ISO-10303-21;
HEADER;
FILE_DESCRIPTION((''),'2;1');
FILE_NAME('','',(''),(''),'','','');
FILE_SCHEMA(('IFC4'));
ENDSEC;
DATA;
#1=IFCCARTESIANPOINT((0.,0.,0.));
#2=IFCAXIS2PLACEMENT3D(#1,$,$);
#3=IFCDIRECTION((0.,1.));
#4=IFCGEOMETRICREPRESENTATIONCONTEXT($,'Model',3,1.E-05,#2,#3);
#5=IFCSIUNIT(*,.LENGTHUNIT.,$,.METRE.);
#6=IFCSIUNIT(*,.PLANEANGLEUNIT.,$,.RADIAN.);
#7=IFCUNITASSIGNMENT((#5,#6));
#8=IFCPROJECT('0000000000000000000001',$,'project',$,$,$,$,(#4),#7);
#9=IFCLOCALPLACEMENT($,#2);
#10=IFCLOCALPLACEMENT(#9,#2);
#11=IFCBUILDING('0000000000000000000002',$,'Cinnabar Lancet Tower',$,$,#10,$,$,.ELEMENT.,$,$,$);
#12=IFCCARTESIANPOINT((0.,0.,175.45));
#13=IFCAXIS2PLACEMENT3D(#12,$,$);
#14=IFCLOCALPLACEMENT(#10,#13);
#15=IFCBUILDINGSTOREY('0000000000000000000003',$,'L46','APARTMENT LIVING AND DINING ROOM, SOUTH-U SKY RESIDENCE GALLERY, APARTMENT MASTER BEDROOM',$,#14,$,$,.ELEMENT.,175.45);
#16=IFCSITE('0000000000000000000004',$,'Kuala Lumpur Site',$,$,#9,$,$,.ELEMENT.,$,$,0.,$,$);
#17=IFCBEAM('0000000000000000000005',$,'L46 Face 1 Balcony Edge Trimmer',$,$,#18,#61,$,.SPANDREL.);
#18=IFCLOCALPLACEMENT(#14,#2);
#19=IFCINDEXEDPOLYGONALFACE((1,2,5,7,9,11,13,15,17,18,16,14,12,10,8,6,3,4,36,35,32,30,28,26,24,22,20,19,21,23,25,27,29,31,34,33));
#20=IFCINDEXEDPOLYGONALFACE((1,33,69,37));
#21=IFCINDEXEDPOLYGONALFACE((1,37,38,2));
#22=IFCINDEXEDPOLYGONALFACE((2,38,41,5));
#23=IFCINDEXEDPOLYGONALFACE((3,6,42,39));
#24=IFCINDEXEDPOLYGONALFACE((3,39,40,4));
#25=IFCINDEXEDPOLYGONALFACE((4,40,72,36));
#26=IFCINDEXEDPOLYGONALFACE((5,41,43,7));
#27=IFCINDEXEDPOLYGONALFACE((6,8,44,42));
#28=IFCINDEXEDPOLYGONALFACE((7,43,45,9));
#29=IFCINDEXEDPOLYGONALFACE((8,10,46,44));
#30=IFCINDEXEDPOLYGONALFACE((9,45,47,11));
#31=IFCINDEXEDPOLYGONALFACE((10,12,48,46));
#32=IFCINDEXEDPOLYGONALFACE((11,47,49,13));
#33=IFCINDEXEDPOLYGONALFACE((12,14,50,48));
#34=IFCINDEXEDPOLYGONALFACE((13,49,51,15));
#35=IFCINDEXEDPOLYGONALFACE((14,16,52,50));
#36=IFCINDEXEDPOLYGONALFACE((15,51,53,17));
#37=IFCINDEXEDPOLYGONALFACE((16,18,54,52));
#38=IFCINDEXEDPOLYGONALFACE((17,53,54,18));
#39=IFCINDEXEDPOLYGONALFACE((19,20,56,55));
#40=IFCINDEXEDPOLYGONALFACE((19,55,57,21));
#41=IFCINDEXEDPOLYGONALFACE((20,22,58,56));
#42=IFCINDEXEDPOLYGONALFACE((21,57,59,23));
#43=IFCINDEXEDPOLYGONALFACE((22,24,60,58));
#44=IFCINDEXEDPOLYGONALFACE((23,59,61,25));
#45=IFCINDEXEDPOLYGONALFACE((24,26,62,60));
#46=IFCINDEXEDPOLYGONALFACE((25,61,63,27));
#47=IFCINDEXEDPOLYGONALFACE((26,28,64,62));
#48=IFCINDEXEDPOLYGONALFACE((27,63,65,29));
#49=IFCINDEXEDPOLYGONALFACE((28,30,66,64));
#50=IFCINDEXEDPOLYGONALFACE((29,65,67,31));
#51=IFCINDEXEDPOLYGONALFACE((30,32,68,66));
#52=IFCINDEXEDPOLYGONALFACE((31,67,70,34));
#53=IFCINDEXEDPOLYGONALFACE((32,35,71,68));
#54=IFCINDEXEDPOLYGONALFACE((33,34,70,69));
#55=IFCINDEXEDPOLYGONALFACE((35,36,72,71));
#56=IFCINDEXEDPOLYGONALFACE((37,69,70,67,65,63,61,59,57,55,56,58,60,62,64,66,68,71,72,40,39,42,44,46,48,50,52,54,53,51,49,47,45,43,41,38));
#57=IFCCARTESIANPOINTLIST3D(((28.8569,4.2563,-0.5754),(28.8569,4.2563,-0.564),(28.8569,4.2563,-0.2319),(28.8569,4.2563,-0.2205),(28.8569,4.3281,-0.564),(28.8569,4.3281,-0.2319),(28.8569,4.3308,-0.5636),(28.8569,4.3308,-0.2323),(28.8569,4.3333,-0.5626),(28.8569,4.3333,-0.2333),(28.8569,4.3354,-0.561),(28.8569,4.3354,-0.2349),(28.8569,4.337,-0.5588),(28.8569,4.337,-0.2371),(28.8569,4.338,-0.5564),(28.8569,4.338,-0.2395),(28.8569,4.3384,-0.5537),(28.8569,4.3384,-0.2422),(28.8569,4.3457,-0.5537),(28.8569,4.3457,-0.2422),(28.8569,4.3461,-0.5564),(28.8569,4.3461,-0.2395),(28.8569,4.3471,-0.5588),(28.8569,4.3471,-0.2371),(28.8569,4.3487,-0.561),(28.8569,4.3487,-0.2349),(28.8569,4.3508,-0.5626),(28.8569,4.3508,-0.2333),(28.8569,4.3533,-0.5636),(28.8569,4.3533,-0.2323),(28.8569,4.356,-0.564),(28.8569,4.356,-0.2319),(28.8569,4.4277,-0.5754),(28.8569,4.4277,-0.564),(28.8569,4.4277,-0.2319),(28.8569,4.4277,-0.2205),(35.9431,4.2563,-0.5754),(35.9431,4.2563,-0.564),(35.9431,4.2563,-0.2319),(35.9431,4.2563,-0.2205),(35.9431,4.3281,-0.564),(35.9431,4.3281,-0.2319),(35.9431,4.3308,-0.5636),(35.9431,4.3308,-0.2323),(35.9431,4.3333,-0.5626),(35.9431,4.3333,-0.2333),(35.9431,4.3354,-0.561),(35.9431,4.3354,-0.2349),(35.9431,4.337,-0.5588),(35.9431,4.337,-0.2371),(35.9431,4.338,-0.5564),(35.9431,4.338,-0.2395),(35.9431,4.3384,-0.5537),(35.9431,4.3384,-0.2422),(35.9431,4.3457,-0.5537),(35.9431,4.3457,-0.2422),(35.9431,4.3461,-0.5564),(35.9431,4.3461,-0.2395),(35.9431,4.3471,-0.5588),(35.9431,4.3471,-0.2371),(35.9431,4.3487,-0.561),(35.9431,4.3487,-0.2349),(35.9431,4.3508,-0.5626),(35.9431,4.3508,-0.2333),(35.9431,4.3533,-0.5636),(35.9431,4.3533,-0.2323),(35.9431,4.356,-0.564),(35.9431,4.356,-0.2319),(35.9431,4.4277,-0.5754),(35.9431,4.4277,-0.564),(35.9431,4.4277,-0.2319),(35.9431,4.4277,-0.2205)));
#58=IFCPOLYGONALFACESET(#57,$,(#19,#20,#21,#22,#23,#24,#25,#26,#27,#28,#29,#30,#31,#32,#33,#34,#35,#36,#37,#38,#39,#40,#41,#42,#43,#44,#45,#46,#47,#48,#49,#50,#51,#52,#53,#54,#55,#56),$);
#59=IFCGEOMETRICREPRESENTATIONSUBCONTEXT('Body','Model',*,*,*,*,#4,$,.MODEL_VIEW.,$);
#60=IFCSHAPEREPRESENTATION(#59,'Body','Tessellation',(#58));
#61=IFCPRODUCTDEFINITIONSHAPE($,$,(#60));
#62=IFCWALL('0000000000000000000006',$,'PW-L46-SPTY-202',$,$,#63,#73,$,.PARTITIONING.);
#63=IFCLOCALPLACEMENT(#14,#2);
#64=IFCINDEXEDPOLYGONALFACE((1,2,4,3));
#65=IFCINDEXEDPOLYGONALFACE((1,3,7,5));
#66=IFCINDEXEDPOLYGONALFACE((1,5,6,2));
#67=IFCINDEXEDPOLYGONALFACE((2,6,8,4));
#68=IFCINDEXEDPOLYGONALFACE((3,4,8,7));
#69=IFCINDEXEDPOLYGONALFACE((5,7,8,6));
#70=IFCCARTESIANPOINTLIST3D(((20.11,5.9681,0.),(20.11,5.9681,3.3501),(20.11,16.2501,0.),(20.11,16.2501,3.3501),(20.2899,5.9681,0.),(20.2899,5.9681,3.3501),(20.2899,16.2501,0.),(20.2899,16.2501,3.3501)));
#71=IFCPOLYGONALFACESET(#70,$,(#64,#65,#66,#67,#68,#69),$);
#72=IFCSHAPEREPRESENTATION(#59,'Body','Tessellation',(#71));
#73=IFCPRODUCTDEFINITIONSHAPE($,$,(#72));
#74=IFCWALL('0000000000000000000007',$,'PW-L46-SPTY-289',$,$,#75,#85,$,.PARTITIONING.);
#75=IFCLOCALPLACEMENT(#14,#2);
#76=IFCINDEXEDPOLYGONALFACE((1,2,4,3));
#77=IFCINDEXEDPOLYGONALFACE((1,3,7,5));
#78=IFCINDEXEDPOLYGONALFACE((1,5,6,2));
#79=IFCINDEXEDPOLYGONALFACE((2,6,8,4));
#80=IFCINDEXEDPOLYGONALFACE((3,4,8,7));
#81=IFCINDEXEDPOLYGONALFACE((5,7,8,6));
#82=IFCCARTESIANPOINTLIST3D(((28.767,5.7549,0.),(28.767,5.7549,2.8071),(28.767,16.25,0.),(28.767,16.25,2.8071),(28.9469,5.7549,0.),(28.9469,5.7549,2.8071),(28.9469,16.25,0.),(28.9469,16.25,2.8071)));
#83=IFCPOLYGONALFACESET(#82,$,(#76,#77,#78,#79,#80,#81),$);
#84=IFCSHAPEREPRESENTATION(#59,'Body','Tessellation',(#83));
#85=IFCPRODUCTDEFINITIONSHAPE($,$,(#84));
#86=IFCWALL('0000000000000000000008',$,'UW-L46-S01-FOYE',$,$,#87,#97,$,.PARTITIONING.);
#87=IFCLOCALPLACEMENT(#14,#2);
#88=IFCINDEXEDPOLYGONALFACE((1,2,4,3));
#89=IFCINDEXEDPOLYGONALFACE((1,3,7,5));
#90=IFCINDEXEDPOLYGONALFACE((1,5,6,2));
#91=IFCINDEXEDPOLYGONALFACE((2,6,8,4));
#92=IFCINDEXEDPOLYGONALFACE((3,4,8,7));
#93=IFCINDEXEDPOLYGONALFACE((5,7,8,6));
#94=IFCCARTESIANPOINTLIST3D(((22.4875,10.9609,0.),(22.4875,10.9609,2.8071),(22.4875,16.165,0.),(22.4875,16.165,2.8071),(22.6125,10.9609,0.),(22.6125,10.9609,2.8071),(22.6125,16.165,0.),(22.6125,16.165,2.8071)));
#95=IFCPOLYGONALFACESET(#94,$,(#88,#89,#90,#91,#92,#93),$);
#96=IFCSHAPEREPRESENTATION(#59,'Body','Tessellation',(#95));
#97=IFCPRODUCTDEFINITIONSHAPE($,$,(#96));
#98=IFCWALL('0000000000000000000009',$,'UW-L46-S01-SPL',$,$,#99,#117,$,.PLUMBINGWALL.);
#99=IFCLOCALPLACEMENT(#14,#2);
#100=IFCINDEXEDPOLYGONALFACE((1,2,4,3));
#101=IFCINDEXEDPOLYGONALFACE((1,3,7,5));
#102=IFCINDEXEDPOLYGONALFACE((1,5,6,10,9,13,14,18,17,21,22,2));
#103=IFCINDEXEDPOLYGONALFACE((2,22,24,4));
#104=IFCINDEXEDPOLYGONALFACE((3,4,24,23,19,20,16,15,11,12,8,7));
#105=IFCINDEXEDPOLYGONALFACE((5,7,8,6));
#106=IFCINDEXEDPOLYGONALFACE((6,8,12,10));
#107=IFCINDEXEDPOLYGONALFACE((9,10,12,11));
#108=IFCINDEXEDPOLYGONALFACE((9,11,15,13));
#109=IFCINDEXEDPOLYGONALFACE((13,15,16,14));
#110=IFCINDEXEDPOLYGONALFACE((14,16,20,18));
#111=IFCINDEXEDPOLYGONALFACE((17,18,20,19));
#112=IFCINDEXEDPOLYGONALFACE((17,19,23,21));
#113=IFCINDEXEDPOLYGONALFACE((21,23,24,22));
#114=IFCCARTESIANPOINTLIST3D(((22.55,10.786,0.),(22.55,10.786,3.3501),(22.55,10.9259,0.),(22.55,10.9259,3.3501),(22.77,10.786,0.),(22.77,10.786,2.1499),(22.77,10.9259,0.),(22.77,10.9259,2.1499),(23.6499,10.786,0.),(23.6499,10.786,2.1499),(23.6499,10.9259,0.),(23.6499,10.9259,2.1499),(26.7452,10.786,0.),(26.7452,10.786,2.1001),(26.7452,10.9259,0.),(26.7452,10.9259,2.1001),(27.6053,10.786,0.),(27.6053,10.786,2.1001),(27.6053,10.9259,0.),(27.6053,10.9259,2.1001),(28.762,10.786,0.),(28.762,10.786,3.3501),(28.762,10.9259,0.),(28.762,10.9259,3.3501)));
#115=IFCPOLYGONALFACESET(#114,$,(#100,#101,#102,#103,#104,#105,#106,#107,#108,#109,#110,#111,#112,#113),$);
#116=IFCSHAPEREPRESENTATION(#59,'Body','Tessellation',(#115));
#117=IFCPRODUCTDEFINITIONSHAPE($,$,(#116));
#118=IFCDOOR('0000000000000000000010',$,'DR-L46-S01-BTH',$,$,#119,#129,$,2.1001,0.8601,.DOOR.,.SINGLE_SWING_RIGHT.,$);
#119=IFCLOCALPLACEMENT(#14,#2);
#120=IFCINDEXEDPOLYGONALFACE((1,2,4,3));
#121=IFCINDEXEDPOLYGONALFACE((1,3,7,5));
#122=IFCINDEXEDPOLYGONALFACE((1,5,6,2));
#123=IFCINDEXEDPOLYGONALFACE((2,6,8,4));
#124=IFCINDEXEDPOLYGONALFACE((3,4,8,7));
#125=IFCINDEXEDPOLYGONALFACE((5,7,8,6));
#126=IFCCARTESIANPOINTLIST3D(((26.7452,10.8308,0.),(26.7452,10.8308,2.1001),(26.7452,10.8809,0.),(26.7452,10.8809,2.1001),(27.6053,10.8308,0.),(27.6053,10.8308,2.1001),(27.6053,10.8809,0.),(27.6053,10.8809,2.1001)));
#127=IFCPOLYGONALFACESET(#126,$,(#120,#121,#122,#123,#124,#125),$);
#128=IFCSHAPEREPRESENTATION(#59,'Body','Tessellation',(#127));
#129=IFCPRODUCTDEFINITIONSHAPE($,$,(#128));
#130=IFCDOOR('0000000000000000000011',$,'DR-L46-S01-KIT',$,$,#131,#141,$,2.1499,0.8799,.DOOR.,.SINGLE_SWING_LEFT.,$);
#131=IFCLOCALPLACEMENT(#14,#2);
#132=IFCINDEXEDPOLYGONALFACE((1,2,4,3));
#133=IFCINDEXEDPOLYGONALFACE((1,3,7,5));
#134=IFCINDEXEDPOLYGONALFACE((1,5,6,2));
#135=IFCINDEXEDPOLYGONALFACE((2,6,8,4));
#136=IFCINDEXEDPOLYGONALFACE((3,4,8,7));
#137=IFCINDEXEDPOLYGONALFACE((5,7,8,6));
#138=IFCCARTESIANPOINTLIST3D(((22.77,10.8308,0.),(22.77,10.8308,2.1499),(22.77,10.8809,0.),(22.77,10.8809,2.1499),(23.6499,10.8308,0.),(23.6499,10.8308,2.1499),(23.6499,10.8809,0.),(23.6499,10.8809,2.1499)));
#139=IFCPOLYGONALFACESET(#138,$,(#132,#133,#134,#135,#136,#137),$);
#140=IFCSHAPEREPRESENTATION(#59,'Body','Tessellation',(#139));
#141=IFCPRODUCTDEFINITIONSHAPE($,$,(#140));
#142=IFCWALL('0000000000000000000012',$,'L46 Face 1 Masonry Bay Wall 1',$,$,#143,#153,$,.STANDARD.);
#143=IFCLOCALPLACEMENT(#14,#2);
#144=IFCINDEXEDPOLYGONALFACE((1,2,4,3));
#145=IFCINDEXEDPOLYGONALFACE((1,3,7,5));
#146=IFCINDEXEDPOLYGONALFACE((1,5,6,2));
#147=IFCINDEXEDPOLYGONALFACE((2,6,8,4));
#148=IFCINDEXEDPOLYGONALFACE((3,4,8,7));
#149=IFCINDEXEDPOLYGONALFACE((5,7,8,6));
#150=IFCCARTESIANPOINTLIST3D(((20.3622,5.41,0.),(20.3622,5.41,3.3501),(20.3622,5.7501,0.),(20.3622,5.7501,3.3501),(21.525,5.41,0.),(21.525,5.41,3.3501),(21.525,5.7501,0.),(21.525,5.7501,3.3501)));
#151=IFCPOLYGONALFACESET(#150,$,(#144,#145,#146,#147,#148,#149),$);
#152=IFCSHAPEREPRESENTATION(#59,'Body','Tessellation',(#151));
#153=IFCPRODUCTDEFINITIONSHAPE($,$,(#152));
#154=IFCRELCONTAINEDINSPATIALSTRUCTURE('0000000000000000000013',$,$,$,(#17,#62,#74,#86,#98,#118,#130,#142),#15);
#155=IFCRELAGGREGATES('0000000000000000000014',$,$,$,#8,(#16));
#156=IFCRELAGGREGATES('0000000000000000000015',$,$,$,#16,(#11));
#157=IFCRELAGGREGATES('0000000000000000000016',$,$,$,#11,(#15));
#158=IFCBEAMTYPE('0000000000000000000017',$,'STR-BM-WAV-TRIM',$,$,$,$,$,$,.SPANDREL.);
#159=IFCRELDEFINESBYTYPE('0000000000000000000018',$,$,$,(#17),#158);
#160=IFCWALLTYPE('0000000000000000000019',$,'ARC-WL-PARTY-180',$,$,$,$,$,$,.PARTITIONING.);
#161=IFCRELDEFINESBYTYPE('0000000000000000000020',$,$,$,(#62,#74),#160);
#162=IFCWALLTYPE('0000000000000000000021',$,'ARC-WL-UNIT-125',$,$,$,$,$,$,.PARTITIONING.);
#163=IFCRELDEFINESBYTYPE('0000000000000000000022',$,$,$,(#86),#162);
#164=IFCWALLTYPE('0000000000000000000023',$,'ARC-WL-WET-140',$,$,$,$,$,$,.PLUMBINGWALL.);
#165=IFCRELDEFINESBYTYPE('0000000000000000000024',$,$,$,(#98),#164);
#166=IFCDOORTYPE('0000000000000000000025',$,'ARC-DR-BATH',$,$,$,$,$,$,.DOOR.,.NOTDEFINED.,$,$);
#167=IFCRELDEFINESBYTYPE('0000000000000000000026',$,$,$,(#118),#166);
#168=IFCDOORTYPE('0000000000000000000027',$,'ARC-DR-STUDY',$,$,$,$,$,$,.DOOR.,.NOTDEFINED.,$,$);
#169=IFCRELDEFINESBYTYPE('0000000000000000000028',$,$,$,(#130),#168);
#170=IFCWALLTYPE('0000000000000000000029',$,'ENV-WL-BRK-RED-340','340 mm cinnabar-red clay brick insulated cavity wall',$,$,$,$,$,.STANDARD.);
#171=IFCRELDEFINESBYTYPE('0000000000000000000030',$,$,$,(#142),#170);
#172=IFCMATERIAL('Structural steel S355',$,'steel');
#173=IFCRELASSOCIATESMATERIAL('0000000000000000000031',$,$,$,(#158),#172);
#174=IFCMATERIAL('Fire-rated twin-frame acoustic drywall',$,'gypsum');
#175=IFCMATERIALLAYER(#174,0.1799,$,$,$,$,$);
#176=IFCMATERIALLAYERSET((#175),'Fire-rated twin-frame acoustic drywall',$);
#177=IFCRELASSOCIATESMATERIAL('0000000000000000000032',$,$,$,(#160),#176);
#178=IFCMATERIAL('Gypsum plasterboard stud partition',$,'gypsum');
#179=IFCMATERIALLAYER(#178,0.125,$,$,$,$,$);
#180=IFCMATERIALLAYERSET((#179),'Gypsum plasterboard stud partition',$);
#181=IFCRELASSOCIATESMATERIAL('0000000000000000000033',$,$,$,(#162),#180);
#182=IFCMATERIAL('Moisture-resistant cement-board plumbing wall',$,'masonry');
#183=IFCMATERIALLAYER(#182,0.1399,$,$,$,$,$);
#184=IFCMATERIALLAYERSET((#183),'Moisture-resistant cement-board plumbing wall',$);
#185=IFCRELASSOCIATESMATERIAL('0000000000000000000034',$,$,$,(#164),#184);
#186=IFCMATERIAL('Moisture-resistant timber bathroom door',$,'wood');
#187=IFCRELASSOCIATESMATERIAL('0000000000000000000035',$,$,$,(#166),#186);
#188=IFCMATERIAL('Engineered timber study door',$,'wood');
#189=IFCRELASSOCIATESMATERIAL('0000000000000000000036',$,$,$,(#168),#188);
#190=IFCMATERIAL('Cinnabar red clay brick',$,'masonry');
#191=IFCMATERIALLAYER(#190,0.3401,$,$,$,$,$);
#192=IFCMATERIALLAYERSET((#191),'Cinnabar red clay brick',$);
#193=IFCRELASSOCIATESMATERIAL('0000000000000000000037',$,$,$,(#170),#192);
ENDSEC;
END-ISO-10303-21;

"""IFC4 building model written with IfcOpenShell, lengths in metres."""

from ifc_helpers import new_model, si_unit, direction, frame, frame_2d, origin, origin_2d, place, context, subcontext, project, spatial, rectangle, i_section, extrude, material, layer, layer_set, material_profile, profile_set, type_object, element, fill, save


model = new_model("IFC4")

# Units and contexts
model_context = context("Model", 3, precision=1e-05, world=origin(), true_north=direction((0.0, 1.0)))
body_context = subcontext(model_context, "Body", "Model", "MODEL_VIEW")
ifc_project = project(units=[si_unit("LENGTHUNIT", "METRE"), si_unit("PLANEANGLEUNIT", "RADIAN")], contexts=[model_context])

# Site, building, storey
site_placement = place(None, origin())
site = spatial("IfcSite", under=ifc_project, at=site_placement, Name="Kuala Lumpur Site", CompositionType="ELEMENT", RefElevation=0.0)
building_placement = place(site_placement, origin())
building = spatial("IfcBuilding", under=site, at=building_placement, Name="Cinnabar Lancet Tower", CompositionType="ELEMENT")
storey_placement = place(building_placement, frame((0.0, 0.0, 175.45)))
storey = spatial("IfcBuildingStorey", under=building, at=storey_placement, Name="L46", Description="APARTMENT LIVING AND DINING ROOM, SOUTH-U SKY RESIDENCE GALLERY, APARTMENT MASTER BEDROOM", CompositionType="ELEMENT", Elevation=175.45)

# Beam
ifc_material_1 = material(Name="Structural steel S355", Category="steel")
ifc_material_profile_1 = material_profile(ifc_material_1, i_section(OverallWidth=0.1714, OverallDepth=0.355, WebThickness=0.0073, FlangeThickness=0.0115, FilletRadius=0.0103, at=origin_2d()), Name="UKB 356x171x51")
ifc_profile_set_1 = profile_set([ifc_material_profile_1], Name="Structural steel S355")
beam_type_1 = type_object("IfcBeamType", Name="STR-BM-WAV-TRIM", PredefinedType="SPANDREL", material=ifc_profile_set_1)
beam_1_placement = place(storey_placement, frame((28.8569, 4.342, -0.3979), z_axis=(1.0, 0.0, 0.0), x_axis=(0.0, 1.0, 0.0)))
element("IfcBeam", 1, at=beam_1_placement, inside=storey, type_object=beam_type_1, Name="L46 Face 1 Balcony Edge Trimmer", PredefinedType="SPANDREL", context=body_context, shape_type="SweptSolid", body=[
    extrude(i_section(OverallWidth=0.1714, OverallDepth=0.355, WebThickness=0.0073, FlangeThickness=0.0115, FilletRadius=0.0103, at=origin_2d()), origin(), (0.0, 0.0, 1.0), 7.0862),
])

# Walls
ifc_material_2 = material(Name="Fire-rated twin-frame acoustic drywall", Category="gypsum")
ifc_layer_1 = layer(ifc_material_2, 0.1799)
ifc_layer_set_1 = layer_set([ifc_layer_1], Name="Fire-rated twin-frame acoustic drywall")
wall_type_1 = type_object("IfcWallType", Name="ARC-WL-PARTY-180", PredefinedType="PARTITIONING", material=ifc_layer_set_1)
wall_1_placement = place(storey_placement, frame((20.2, 5.968, 0.0), z_axis=(0.0, 0.0, 1.0), x_axis=(0.0, 1.0, 0.0)))
element("IfcWall", 2, at=wall_1_placement, inside=storey, type_object=wall_type_1, Name="PW-L46-SPTY-202", PredefinedType="PARTITIONING", context=body_context, shape_type="SweptSolid", body=[
    extrude(rectangle(XDim=10.282, YDim=0.1799, at=frame_2d((5.1411, 0.0))), origin(), (0.0, 0.0, 1.0), 3.3501),
])
wall_2_placement = place(storey_placement, frame((28.8569, 5.7549, 0.0), z_axis=(0.0, 0.0, 1.0), x_axis=(0.0, 1.0, 0.0)))
element("IfcWall", 3, at=wall_2_placement, inside=storey, type_object=wall_type_1, Name="PW-L46-SPTY-289", PredefinedType="PARTITIONING", context=body_context, shape_type="SweptSolid", body=[
    extrude(rectangle(XDim=10.4951, YDim=0.1799, at=frame_2d((5.2476, 0.0))), origin(), (0.0, 0.0, 1.0), 2.8071),
])
ifc_material_3 = material(Name="Gypsum plasterboard stud partition", Category="gypsum")
ifc_layer_2 = layer(ifc_material_3, 0.125)
ifc_layer_set_2 = layer_set([ifc_layer_2], Name="Gypsum plasterboard stud partition")
wall_type_2 = type_object("IfcWallType", Name="ARC-WL-UNIT-125", PredefinedType="PARTITIONING", material=ifc_layer_set_2)
wall_3_placement = place(storey_placement, frame((22.55, 10.9609, 0.0), z_axis=(0.0, 0.0, 1.0), x_axis=(0.0, 1.0, 0.0)))
element("IfcWall", 4, at=wall_3_placement, inside=storey, type_object=wall_type_2, Name="UW-L46-S01-FOYE", PredefinedType="PARTITIONING", context=body_context, shape_type="SweptSolid", body=[
    extrude(rectangle(XDim=5.2041, YDim=0.125, at=frame_2d((2.6021, 0.0))), origin(), (0.0, 0.0, 1.0), 2.8071),
])

# Wall, openings, doors
ifc_material_4 = material(Name="Moisture-resistant cement-board plumbing wall", Category="masonry")
ifc_layer_3 = layer(ifc_material_4, 0.1399)
ifc_layer_set_3 = layer_set([ifc_layer_3], Name="Moisture-resistant cement-board plumbing wall")
wall_type_3 = type_object("IfcWallType", Name="ARC-WL-WET-140", PredefinedType="PLUMBINGWALL", material=ifc_layer_set_3)
wall_4_placement = place(storey_placement, frame((22.55, 10.856, 0.0), z_axis=(0.0, 0.0, 1.0), x_axis=(1.0, 0.0, 0.0)))
wall_4 = element("IfcWall", 5, at=wall_4_placement, inside=storey, type_object=wall_type_3, Name="UW-L46-S01-SPL", PredefinedType="PLUMBINGWALL", context=body_context, shape_type="SweptSolid", body=[
    extrude(rectangle(XDim=6.2119, YDim=0.1399, at=frame_2d((3.106, 0.0))), origin(), (0.0, 0.0, 1.0), 3.3501),
])
opening_1_placement = place(wall_4_placement, frame((4.1951, 0.0, 0.0)))
opening_1 = element("IfcOpeningElement", 6, at=opening_1_placement, cuts=wall_4, PredefinedType="OPENING", context=body_context, shape_type="SweptSolid", body=[
    extrude(rectangle(XDim=0.8601, YDim=2.1001, at=frame_2d((0.4302, 1.05))), frame((0.0, 0.0798, 0.0), z_axis=(0.0, -1.0, 0.0), x_axis=(1.0, 0.0, 0.0)), (0.0, 0.0, 1.0), 0.1599),
])
opening_2_placement = place(wall_4_placement, frame((0.22, 0.0, 0.0)))
opening_2 = element("IfcOpeningElement", 7, at=opening_2_placement, cuts=wall_4, PredefinedType="OPENING", context=body_context, shape_type="SweptSolid", body=[
    extrude(rectangle(XDim=0.8799, YDim=2.1499, at=frame_2d((0.4399, 1.075))), frame((0.0, 0.0798, 0.0), z_axis=(0.0, -1.0, 0.0), x_axis=(1.0, 0.0, 0.0)), (0.0, 0.0, 1.0), 0.1599),
])
ifc_material_5 = material(Name="Moisture-resistant timber bathroom door", Category="wood")
door_type_1 = type_object("IfcDoorType", Name="ARC-DR-BATH", OperationType="NOTDEFINED", PredefinedType="DOOR", material=ifc_material_5)
door_1_placement = place(opening_1_placement, origin())
door_1 = element("IfcDoor", 8, at=door_1_placement, inside=storey, type_object=door_type_1, Name="DR-L46-S01-BTH", OperationType="SINGLE_SWING_RIGHT", OverallHeight=2.1001, OverallWidth=0.8601, PredefinedType="DOOR", context=body_context, shape_type="SweptSolid", body=[
    extrude(rectangle(XDim=0.8601, YDim=2.1001, at=frame_2d((0.4302, 1.05))), frame((0.0, 0.0249, 0.0), z_axis=(0.0, -1.0, 0.0), x_axis=(1.0, 0.0, 0.0)), (0.0, 0.0, 1.0), 0.05),
])
fill(opening_1, door_1)
ifc_material_6 = material(Name="Engineered timber study door", Category="wood")
door_type_2 = type_object("IfcDoorType", Name="ARC-DR-STUDY", OperationType="NOTDEFINED", PredefinedType="DOOR", material=ifc_material_6)
door_2_placement = place(opening_2_placement, origin())
door_2 = element("IfcDoor", 9, at=door_2_placement, inside=storey, type_object=door_type_2, Name="DR-L46-S01-KIT", OperationType="SINGLE_SWING_LEFT", OverallHeight=2.1499, OverallWidth=0.8799, PredefinedType="DOOR", context=body_context, shape_type="SweptSolid", body=[
    extrude(rectangle(XDim=0.8799, YDim=2.1499, at=frame_2d((0.4399, 1.075))), frame((0.0, 0.0249, 0.0), z_axis=(0.0, -1.0, 0.0), x_axis=(1.0, 0.0, 0.0)), (0.0, 0.0, 1.0), 0.05),
])
fill(opening_2, door_2)

# Wall
ifc_material_7 = material(Name="Cinnabar red clay brick", Category="masonry")
ifc_layer_4 = layer(ifc_material_7, 0.3401)
ifc_layer_set_4 = layer_set([ifc_layer_4], Name="Cinnabar red clay brick")
wall_type_4 = type_object("IfcWallType", Name="ENV-WL-BRK-RED-340", Description="340 mm cinnabar-red clay brick insulated cavity wall", PredefinedType="STANDARD", material=ifc_layer_set_4)
wall_5_placement = place(storey_placement, frame((20.3621, 5.5801, 0.0), z_axis=(0.0, 0.0, 1.0), x_axis=(1.0, 0.0, 0.0)))
element("IfcWall", 10, at=wall_5_placement, inside=storey, type_object=wall_type_4, Name="L46 Face 1 Masonry Bay Wall 1", PredefinedType="STANDARD", context=body_context, shape_type="SweptSolid", body=[
    extrude(rectangle(XDim=1.1628, YDim=0.3401, at=frame_2d((0.5815, 0.0))), origin(), (0.0, 0.0, 1.0), 3.3501),
])

save(model, "model.ifc")
